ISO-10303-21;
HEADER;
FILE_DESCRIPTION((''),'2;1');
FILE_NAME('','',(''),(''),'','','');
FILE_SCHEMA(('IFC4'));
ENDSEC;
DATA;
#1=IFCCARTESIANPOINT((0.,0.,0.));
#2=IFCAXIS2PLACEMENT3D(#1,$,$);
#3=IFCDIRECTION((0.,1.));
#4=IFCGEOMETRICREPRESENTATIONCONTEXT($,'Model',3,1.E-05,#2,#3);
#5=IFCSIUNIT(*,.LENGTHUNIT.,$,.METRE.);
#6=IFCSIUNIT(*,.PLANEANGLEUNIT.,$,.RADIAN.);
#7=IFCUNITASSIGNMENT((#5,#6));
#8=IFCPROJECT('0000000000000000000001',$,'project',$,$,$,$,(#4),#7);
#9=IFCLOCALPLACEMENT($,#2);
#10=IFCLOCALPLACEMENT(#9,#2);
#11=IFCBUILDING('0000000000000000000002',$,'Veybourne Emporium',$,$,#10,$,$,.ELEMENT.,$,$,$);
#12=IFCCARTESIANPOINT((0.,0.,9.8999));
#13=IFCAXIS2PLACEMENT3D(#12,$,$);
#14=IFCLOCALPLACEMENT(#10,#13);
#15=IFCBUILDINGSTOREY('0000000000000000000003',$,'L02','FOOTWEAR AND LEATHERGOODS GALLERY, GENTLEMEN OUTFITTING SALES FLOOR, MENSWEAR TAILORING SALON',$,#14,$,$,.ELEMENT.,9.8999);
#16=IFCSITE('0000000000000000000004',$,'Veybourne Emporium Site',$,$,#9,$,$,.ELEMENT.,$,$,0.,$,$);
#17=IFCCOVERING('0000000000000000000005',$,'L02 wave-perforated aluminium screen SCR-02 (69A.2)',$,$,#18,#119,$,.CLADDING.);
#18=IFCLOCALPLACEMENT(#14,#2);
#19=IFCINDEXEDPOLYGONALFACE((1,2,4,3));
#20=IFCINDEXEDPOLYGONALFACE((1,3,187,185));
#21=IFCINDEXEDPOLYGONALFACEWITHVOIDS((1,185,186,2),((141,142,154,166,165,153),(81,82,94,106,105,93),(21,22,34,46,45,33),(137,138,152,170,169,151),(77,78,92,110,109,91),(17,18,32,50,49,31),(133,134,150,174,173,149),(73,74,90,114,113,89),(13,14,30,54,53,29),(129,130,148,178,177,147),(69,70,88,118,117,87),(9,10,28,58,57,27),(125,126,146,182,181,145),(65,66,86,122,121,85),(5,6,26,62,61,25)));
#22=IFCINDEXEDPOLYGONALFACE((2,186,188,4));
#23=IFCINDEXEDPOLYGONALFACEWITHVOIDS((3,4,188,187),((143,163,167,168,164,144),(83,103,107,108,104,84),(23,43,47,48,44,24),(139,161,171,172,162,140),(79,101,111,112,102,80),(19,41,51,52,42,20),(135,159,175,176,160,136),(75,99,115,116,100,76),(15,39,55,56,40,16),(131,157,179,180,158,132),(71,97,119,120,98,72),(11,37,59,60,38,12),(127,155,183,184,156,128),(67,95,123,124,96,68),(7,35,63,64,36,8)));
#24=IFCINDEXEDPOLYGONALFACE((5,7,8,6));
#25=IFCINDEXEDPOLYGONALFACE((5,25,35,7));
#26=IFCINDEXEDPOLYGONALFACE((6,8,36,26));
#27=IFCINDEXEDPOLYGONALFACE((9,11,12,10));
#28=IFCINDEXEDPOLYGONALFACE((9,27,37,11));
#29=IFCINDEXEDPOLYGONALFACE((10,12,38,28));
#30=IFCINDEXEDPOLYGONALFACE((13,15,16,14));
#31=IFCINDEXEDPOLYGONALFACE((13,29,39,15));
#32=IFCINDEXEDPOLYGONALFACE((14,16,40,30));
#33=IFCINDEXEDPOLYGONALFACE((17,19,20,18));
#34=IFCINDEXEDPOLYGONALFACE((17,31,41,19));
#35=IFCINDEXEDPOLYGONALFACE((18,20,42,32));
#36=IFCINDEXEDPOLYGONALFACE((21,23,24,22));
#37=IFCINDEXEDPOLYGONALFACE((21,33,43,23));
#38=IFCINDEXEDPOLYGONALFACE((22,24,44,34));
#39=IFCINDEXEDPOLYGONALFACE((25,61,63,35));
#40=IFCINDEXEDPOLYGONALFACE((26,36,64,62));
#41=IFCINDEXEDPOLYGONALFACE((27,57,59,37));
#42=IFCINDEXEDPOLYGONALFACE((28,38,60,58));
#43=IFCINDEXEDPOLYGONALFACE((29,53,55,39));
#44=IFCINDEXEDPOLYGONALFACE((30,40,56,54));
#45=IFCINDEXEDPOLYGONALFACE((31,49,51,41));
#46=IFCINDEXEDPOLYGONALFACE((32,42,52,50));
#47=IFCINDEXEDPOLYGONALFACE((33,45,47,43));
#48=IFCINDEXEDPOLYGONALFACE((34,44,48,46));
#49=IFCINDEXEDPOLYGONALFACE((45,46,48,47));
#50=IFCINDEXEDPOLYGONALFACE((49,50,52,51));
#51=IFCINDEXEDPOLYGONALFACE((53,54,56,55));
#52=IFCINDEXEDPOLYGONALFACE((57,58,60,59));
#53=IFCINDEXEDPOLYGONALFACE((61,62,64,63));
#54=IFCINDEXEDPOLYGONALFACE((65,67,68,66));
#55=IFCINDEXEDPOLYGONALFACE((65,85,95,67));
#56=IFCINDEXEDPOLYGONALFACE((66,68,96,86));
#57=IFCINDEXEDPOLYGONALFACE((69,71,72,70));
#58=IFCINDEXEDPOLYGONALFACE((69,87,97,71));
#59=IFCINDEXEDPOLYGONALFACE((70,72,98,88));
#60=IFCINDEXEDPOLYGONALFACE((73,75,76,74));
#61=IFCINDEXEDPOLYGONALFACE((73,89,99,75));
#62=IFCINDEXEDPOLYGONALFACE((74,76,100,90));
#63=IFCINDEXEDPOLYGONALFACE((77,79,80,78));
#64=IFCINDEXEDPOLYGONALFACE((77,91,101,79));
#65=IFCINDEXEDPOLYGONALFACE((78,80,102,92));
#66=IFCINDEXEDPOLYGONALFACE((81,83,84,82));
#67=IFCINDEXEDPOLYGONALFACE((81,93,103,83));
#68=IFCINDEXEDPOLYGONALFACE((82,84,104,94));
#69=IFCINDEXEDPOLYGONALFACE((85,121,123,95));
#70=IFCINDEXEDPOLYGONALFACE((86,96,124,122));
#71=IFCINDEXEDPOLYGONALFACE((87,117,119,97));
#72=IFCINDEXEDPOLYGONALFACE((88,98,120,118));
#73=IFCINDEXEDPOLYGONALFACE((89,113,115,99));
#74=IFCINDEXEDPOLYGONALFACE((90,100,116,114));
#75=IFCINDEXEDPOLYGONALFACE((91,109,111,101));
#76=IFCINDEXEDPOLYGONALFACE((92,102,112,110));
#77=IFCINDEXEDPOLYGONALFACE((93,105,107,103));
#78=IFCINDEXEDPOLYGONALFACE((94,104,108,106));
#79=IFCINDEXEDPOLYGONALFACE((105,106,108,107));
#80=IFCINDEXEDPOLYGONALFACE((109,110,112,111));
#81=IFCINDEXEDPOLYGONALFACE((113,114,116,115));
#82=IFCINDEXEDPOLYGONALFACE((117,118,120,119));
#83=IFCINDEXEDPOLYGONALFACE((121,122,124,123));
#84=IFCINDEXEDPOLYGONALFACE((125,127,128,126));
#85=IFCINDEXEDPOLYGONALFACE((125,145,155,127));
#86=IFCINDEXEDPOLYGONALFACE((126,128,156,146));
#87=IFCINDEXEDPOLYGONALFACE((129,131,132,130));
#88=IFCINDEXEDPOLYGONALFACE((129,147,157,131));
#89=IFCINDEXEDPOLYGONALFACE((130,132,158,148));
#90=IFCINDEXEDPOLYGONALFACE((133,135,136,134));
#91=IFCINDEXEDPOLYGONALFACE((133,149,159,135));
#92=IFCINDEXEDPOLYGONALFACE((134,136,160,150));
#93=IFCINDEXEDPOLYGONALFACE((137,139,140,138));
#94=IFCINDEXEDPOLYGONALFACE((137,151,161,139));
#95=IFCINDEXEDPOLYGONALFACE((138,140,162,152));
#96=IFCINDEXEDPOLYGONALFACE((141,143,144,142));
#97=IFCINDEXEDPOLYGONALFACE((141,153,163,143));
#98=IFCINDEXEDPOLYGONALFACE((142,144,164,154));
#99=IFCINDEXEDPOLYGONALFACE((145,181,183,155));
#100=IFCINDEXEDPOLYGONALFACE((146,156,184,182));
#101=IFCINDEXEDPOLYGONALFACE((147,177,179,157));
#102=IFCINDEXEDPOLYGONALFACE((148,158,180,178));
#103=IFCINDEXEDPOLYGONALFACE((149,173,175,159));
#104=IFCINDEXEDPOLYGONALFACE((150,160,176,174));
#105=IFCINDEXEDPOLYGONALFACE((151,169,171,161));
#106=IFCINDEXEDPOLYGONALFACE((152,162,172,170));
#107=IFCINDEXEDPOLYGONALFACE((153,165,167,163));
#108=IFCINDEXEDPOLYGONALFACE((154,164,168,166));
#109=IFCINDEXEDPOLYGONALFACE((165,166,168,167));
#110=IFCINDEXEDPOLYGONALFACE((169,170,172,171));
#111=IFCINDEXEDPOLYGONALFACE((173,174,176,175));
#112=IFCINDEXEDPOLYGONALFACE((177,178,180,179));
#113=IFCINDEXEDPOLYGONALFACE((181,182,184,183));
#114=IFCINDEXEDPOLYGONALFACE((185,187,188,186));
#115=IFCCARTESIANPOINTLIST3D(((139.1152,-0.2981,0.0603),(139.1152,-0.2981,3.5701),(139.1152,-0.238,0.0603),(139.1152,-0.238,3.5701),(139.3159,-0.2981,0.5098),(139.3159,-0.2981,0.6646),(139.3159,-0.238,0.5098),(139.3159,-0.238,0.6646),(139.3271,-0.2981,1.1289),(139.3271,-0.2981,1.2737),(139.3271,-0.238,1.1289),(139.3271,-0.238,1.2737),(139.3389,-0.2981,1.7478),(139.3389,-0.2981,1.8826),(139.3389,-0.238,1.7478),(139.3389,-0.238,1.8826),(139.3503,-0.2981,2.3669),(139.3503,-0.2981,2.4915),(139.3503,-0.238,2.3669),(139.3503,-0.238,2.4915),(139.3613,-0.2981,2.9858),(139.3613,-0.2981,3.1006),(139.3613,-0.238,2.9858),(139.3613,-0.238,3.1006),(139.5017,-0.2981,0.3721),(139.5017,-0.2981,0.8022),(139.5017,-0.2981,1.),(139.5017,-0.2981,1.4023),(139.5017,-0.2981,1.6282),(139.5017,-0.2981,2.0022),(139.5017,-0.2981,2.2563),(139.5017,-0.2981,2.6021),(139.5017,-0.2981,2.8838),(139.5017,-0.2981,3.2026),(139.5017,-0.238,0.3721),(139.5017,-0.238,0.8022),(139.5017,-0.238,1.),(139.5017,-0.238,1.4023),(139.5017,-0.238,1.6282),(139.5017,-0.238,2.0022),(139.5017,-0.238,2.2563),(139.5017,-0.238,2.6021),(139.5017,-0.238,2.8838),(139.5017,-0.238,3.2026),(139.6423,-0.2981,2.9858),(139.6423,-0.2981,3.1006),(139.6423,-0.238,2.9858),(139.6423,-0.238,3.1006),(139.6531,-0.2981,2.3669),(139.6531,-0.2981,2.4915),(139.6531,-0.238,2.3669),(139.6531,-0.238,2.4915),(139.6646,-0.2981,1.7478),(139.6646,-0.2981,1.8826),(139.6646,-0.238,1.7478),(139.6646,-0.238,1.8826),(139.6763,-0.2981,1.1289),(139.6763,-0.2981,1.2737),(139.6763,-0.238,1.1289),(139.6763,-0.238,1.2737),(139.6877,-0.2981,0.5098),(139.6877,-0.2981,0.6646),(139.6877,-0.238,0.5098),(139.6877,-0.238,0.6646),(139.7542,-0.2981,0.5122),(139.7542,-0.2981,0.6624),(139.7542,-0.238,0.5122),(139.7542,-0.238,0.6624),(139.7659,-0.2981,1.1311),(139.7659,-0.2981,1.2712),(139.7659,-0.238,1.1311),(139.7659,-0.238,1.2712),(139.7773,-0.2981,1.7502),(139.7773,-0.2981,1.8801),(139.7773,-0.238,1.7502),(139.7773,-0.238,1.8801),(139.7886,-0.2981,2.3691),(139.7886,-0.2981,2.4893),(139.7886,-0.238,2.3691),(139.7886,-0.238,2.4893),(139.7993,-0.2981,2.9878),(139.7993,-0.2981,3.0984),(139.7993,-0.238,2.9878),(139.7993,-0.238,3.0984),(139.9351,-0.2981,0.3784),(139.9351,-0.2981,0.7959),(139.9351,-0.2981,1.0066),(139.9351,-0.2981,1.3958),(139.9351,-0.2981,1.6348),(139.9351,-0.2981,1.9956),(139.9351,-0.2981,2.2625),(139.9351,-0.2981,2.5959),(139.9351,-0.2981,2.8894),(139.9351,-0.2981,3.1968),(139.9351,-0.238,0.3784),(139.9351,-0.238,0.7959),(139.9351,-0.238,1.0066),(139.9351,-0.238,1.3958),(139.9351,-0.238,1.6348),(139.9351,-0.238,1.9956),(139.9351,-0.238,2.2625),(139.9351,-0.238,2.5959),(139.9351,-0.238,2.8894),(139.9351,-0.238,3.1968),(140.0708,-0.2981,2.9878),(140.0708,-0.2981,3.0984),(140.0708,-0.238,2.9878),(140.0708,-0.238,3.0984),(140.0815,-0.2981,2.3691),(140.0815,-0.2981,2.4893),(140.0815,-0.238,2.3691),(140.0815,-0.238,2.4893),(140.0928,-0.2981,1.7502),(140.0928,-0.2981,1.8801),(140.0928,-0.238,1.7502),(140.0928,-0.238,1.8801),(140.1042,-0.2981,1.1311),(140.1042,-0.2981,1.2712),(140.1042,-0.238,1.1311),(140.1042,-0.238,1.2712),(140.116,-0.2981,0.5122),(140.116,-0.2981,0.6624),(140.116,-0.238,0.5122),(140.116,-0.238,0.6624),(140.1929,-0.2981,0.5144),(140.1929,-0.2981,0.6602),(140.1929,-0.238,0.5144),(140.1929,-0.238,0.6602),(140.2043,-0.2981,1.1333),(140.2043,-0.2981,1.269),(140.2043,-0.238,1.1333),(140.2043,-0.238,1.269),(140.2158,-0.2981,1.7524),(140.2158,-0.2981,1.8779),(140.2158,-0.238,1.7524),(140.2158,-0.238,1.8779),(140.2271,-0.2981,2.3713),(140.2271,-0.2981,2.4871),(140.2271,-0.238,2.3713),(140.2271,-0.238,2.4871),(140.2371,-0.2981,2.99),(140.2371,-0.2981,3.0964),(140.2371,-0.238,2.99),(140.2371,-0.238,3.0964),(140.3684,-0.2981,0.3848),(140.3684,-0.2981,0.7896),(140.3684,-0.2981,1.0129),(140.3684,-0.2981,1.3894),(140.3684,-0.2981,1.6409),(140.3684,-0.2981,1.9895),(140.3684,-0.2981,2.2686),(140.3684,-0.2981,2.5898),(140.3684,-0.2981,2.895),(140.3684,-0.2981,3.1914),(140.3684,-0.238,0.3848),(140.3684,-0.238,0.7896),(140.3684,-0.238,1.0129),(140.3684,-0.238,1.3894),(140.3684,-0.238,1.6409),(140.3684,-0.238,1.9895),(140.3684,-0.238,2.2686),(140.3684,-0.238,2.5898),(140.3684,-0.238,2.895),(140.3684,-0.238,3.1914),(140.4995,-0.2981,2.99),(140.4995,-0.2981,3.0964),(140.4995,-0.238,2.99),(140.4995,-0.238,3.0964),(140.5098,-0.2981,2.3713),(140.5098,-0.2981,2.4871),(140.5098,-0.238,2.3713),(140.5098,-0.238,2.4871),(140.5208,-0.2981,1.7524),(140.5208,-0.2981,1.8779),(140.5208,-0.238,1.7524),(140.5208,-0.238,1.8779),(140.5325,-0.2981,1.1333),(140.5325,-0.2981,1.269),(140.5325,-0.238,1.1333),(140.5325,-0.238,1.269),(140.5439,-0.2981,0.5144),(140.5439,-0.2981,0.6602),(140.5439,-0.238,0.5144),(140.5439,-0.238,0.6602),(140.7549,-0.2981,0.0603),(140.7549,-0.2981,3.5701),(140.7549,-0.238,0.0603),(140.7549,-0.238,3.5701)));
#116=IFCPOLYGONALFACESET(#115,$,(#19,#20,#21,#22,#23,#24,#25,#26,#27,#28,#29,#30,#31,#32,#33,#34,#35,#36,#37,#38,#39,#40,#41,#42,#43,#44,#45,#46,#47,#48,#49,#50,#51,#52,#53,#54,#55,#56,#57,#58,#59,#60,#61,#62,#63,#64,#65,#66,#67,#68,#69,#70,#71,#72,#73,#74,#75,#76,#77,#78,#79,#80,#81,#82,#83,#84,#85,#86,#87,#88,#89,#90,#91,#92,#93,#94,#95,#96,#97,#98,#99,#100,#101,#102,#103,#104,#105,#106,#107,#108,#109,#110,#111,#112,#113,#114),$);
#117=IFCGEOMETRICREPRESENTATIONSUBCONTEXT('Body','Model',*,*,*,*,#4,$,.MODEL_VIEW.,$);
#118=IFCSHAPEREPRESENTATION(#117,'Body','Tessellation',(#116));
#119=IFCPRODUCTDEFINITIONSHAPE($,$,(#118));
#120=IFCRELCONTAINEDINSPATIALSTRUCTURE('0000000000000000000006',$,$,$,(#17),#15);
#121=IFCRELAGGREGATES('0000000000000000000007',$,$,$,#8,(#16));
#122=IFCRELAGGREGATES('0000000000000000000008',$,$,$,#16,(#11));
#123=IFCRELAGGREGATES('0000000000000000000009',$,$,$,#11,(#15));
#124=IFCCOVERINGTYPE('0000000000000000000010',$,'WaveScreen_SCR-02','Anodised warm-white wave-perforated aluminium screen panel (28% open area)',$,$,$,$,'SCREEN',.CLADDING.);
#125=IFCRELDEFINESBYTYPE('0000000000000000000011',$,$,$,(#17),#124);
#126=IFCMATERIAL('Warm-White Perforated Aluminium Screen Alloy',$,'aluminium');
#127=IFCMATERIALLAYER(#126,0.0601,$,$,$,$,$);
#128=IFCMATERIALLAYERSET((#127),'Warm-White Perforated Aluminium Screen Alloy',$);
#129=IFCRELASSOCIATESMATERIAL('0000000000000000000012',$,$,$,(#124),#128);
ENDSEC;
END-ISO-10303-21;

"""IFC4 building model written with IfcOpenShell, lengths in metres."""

from ifc_helpers import new_model, si_unit, direction, frame, origin, place, context, subcontext, project, spatial, polyline, outline, extrude, material, layer, layer_set, type_object, element, save


model = new_model("IFC4")

# Units and contexts
model_context = context("Model", 3, precision=1e-05, world=origin(), true_north=direction((0.0, 1.0)))
body_context = subcontext(model_context, "Body", "Model", "MODEL_VIEW")
ifc_project = project(units=[si_unit("LENGTHUNIT", "METRE"), si_unit("PLANEANGLEUNIT", "RADIAN")], contexts=[model_context])

# Site, building, storey
site_placement = place(None, origin())
site = spatial("IfcSite", under=ifc_project, at=site_placement, Name="Veybourne Emporium Site", CompositionType="ELEMENT", RefElevation=0.0)
building_placement = place(site_placement, origin())
building = spatial("IfcBuilding", under=site, at=building_placement, Name="Veybourne Emporium", CompositionType="ELEMENT")
storey_placement = place(building_placement, frame((0.0, 0.0, 9.8999)))
storey = spatial("IfcBuildingStorey", under=building, at=storey_placement, Name="L02", Description="FOOTWEAR AND LEATHERGOODS GALLERY, GENTLEMEN OUTFITTING SALES FLOOR, MENSWEAR TAILORING SALON", CompositionType="ELEMENT", Elevation=9.8999)

# Covering
ifc_material_1 = material(Name="Warm-White Perforated Aluminium Screen Alloy", Category="aluminium")
ifc_layer_1 = layer(ifc_material_1, 0.0601)
ifc_layer_set_1 = layer_set([ifc_layer_1], Name="Warm-White Perforated Aluminium Screen Alloy")
covering_type_1 = type_object("IfcCoveringType", Name="WaveScreen_SCR-02", Description="Anodised warm-white wave-perforated aluminium screen panel (28% open area)", ElementType="SCREEN", PredefinedType="CLADDING", material=ifc_layer_set_1)
covering_1_placement = place(storey_placement, frame((139.9351, -0.2981, 1.8152), z_axis=(0.0, 1.0, 0.0), x_axis=(-1.0, 0.0, 0.0)))
element("IfcCovering", 1, at=covering_1_placement, inside=storey, type_object=covering_type_1, Name="L02 wave-perforated aluminium screen SCR-02 (69A.2)", PredefinedType="CLADDING", context=body_context, shape_type="SweptSolid", body=[
    extrude(outline(polyline([(-0.8198, -1.7549), (0.8198, -1.7549), (0.8198, 1.7549), (-0.8198, 1.7549), (-0.8198, -1.7549)]), holes=[polyline([(-0.4333, -1.0256), (-0.2578, -1.155), (-0.2578, -1.3008), (-0.4333, -1.4304), (-0.6089, -1.3008), (-0.6089, -1.155), (-0.4333, -1.0256)]), polyline([(-0.4333, -0.4258), (-0.2693, -0.5461), (-0.2693, -0.6819), (-0.4333, -0.8022), (-0.5974, -0.6819), (-0.5974, -0.5461), (-0.4333, -0.4258)]), polyline([(-0.4333, 0.1743), (-0.2808, 0.0627), (-0.2808, -0.0627), (-0.4333, -0.1743), (-0.5857, -0.0627), (-0.5857, 0.0627), (-0.4333, 0.1743)]), polyline([(-0.4333, 0.7747), (-0.292, 0.6719), (-0.292, 0.5562), (-0.4333, 0.4534), (-0.5747, 0.5562), (-0.5747, 0.6719), (-0.4333, 0.7747)]), polyline([(-0.4333, 1.3762), (-0.302, 1.2812), (-0.302, 1.1748), (-0.4333, 1.0798), (-0.5645, 1.1748), (-0.5645, 1.2812), (-0.4333, 1.3762)]), polyline([(0.0, -1.0193), (0.1809, -1.1528), (0.1809, -1.303), (0.0, -1.4368), (-0.1809, -1.303), (-0.1809, -1.1528), (0.0, -1.0193)]), polyline([(0.0, -0.4194), (0.1692, -0.5439), (0.1692, -0.6841), (0.0, -0.8086), (-0.1692, -0.6841), (-0.1692, -0.5439), (0.0, -0.4194)]), polyline([(0.0, 0.1804), (0.1577, 0.0649), (0.1577, -0.0649), (0.0, -0.1804), (-0.1577, -0.0649), (-0.1577, 0.0649), (0.0, 0.1804)]), polyline([(0.0, 0.7808), (0.1465, 0.6741), (0.1465, 0.554), (0.0, 0.4473), (-0.1465, 0.554), (-0.1465, 0.6741), (0.0, 0.7808)]), polyline([(0.0, 1.3816), (0.1357, 1.2832), (0.1357, 1.1726), (0.0, 1.0742), (-0.1357, 1.1726), (-0.1357, 1.2832), (0.0, 1.3816)]), polyline([(0.4333, -1.0129), (0.6191, -1.1506), (0.6191, -1.3054), (0.4333, -1.4431), (0.2473, -1.3054), (0.2473, -1.1506), (0.4333, -1.0129)]), polyline([(0.4333, -0.4128), (0.6079, -0.5415), (0.6079, -0.6863), (0.4333, -0.8152), (0.2588, -0.6863), (0.2588, -0.5415), (0.4333, -0.4128)]), polyline([(0.4333, 0.187), (0.5962, 0.0674), (0.5962, -0.0674), (0.4333, -0.187), (0.2705, -0.0674), (0.2705, 0.0674), (0.4333, 0.187)]), polyline([(0.4333, 0.7869), (0.5847, 0.6763), (0.5847, 0.5518), (0.4333, 0.4412), (0.282, 0.5518), (0.282, 0.6763), (0.4333, 0.7869)]), polyline([(0.4333, 1.3875), (0.5737, 1.2854), (0.5737, 1.1707), (0.4333, 1.0686), (0.2927, 1.1707), (0.2927, 1.2854), (0.4333, 1.3875)])]), origin(), (0.0, 0.0, 1.0), 0.0601),
])

save(model, "model.ifc")
